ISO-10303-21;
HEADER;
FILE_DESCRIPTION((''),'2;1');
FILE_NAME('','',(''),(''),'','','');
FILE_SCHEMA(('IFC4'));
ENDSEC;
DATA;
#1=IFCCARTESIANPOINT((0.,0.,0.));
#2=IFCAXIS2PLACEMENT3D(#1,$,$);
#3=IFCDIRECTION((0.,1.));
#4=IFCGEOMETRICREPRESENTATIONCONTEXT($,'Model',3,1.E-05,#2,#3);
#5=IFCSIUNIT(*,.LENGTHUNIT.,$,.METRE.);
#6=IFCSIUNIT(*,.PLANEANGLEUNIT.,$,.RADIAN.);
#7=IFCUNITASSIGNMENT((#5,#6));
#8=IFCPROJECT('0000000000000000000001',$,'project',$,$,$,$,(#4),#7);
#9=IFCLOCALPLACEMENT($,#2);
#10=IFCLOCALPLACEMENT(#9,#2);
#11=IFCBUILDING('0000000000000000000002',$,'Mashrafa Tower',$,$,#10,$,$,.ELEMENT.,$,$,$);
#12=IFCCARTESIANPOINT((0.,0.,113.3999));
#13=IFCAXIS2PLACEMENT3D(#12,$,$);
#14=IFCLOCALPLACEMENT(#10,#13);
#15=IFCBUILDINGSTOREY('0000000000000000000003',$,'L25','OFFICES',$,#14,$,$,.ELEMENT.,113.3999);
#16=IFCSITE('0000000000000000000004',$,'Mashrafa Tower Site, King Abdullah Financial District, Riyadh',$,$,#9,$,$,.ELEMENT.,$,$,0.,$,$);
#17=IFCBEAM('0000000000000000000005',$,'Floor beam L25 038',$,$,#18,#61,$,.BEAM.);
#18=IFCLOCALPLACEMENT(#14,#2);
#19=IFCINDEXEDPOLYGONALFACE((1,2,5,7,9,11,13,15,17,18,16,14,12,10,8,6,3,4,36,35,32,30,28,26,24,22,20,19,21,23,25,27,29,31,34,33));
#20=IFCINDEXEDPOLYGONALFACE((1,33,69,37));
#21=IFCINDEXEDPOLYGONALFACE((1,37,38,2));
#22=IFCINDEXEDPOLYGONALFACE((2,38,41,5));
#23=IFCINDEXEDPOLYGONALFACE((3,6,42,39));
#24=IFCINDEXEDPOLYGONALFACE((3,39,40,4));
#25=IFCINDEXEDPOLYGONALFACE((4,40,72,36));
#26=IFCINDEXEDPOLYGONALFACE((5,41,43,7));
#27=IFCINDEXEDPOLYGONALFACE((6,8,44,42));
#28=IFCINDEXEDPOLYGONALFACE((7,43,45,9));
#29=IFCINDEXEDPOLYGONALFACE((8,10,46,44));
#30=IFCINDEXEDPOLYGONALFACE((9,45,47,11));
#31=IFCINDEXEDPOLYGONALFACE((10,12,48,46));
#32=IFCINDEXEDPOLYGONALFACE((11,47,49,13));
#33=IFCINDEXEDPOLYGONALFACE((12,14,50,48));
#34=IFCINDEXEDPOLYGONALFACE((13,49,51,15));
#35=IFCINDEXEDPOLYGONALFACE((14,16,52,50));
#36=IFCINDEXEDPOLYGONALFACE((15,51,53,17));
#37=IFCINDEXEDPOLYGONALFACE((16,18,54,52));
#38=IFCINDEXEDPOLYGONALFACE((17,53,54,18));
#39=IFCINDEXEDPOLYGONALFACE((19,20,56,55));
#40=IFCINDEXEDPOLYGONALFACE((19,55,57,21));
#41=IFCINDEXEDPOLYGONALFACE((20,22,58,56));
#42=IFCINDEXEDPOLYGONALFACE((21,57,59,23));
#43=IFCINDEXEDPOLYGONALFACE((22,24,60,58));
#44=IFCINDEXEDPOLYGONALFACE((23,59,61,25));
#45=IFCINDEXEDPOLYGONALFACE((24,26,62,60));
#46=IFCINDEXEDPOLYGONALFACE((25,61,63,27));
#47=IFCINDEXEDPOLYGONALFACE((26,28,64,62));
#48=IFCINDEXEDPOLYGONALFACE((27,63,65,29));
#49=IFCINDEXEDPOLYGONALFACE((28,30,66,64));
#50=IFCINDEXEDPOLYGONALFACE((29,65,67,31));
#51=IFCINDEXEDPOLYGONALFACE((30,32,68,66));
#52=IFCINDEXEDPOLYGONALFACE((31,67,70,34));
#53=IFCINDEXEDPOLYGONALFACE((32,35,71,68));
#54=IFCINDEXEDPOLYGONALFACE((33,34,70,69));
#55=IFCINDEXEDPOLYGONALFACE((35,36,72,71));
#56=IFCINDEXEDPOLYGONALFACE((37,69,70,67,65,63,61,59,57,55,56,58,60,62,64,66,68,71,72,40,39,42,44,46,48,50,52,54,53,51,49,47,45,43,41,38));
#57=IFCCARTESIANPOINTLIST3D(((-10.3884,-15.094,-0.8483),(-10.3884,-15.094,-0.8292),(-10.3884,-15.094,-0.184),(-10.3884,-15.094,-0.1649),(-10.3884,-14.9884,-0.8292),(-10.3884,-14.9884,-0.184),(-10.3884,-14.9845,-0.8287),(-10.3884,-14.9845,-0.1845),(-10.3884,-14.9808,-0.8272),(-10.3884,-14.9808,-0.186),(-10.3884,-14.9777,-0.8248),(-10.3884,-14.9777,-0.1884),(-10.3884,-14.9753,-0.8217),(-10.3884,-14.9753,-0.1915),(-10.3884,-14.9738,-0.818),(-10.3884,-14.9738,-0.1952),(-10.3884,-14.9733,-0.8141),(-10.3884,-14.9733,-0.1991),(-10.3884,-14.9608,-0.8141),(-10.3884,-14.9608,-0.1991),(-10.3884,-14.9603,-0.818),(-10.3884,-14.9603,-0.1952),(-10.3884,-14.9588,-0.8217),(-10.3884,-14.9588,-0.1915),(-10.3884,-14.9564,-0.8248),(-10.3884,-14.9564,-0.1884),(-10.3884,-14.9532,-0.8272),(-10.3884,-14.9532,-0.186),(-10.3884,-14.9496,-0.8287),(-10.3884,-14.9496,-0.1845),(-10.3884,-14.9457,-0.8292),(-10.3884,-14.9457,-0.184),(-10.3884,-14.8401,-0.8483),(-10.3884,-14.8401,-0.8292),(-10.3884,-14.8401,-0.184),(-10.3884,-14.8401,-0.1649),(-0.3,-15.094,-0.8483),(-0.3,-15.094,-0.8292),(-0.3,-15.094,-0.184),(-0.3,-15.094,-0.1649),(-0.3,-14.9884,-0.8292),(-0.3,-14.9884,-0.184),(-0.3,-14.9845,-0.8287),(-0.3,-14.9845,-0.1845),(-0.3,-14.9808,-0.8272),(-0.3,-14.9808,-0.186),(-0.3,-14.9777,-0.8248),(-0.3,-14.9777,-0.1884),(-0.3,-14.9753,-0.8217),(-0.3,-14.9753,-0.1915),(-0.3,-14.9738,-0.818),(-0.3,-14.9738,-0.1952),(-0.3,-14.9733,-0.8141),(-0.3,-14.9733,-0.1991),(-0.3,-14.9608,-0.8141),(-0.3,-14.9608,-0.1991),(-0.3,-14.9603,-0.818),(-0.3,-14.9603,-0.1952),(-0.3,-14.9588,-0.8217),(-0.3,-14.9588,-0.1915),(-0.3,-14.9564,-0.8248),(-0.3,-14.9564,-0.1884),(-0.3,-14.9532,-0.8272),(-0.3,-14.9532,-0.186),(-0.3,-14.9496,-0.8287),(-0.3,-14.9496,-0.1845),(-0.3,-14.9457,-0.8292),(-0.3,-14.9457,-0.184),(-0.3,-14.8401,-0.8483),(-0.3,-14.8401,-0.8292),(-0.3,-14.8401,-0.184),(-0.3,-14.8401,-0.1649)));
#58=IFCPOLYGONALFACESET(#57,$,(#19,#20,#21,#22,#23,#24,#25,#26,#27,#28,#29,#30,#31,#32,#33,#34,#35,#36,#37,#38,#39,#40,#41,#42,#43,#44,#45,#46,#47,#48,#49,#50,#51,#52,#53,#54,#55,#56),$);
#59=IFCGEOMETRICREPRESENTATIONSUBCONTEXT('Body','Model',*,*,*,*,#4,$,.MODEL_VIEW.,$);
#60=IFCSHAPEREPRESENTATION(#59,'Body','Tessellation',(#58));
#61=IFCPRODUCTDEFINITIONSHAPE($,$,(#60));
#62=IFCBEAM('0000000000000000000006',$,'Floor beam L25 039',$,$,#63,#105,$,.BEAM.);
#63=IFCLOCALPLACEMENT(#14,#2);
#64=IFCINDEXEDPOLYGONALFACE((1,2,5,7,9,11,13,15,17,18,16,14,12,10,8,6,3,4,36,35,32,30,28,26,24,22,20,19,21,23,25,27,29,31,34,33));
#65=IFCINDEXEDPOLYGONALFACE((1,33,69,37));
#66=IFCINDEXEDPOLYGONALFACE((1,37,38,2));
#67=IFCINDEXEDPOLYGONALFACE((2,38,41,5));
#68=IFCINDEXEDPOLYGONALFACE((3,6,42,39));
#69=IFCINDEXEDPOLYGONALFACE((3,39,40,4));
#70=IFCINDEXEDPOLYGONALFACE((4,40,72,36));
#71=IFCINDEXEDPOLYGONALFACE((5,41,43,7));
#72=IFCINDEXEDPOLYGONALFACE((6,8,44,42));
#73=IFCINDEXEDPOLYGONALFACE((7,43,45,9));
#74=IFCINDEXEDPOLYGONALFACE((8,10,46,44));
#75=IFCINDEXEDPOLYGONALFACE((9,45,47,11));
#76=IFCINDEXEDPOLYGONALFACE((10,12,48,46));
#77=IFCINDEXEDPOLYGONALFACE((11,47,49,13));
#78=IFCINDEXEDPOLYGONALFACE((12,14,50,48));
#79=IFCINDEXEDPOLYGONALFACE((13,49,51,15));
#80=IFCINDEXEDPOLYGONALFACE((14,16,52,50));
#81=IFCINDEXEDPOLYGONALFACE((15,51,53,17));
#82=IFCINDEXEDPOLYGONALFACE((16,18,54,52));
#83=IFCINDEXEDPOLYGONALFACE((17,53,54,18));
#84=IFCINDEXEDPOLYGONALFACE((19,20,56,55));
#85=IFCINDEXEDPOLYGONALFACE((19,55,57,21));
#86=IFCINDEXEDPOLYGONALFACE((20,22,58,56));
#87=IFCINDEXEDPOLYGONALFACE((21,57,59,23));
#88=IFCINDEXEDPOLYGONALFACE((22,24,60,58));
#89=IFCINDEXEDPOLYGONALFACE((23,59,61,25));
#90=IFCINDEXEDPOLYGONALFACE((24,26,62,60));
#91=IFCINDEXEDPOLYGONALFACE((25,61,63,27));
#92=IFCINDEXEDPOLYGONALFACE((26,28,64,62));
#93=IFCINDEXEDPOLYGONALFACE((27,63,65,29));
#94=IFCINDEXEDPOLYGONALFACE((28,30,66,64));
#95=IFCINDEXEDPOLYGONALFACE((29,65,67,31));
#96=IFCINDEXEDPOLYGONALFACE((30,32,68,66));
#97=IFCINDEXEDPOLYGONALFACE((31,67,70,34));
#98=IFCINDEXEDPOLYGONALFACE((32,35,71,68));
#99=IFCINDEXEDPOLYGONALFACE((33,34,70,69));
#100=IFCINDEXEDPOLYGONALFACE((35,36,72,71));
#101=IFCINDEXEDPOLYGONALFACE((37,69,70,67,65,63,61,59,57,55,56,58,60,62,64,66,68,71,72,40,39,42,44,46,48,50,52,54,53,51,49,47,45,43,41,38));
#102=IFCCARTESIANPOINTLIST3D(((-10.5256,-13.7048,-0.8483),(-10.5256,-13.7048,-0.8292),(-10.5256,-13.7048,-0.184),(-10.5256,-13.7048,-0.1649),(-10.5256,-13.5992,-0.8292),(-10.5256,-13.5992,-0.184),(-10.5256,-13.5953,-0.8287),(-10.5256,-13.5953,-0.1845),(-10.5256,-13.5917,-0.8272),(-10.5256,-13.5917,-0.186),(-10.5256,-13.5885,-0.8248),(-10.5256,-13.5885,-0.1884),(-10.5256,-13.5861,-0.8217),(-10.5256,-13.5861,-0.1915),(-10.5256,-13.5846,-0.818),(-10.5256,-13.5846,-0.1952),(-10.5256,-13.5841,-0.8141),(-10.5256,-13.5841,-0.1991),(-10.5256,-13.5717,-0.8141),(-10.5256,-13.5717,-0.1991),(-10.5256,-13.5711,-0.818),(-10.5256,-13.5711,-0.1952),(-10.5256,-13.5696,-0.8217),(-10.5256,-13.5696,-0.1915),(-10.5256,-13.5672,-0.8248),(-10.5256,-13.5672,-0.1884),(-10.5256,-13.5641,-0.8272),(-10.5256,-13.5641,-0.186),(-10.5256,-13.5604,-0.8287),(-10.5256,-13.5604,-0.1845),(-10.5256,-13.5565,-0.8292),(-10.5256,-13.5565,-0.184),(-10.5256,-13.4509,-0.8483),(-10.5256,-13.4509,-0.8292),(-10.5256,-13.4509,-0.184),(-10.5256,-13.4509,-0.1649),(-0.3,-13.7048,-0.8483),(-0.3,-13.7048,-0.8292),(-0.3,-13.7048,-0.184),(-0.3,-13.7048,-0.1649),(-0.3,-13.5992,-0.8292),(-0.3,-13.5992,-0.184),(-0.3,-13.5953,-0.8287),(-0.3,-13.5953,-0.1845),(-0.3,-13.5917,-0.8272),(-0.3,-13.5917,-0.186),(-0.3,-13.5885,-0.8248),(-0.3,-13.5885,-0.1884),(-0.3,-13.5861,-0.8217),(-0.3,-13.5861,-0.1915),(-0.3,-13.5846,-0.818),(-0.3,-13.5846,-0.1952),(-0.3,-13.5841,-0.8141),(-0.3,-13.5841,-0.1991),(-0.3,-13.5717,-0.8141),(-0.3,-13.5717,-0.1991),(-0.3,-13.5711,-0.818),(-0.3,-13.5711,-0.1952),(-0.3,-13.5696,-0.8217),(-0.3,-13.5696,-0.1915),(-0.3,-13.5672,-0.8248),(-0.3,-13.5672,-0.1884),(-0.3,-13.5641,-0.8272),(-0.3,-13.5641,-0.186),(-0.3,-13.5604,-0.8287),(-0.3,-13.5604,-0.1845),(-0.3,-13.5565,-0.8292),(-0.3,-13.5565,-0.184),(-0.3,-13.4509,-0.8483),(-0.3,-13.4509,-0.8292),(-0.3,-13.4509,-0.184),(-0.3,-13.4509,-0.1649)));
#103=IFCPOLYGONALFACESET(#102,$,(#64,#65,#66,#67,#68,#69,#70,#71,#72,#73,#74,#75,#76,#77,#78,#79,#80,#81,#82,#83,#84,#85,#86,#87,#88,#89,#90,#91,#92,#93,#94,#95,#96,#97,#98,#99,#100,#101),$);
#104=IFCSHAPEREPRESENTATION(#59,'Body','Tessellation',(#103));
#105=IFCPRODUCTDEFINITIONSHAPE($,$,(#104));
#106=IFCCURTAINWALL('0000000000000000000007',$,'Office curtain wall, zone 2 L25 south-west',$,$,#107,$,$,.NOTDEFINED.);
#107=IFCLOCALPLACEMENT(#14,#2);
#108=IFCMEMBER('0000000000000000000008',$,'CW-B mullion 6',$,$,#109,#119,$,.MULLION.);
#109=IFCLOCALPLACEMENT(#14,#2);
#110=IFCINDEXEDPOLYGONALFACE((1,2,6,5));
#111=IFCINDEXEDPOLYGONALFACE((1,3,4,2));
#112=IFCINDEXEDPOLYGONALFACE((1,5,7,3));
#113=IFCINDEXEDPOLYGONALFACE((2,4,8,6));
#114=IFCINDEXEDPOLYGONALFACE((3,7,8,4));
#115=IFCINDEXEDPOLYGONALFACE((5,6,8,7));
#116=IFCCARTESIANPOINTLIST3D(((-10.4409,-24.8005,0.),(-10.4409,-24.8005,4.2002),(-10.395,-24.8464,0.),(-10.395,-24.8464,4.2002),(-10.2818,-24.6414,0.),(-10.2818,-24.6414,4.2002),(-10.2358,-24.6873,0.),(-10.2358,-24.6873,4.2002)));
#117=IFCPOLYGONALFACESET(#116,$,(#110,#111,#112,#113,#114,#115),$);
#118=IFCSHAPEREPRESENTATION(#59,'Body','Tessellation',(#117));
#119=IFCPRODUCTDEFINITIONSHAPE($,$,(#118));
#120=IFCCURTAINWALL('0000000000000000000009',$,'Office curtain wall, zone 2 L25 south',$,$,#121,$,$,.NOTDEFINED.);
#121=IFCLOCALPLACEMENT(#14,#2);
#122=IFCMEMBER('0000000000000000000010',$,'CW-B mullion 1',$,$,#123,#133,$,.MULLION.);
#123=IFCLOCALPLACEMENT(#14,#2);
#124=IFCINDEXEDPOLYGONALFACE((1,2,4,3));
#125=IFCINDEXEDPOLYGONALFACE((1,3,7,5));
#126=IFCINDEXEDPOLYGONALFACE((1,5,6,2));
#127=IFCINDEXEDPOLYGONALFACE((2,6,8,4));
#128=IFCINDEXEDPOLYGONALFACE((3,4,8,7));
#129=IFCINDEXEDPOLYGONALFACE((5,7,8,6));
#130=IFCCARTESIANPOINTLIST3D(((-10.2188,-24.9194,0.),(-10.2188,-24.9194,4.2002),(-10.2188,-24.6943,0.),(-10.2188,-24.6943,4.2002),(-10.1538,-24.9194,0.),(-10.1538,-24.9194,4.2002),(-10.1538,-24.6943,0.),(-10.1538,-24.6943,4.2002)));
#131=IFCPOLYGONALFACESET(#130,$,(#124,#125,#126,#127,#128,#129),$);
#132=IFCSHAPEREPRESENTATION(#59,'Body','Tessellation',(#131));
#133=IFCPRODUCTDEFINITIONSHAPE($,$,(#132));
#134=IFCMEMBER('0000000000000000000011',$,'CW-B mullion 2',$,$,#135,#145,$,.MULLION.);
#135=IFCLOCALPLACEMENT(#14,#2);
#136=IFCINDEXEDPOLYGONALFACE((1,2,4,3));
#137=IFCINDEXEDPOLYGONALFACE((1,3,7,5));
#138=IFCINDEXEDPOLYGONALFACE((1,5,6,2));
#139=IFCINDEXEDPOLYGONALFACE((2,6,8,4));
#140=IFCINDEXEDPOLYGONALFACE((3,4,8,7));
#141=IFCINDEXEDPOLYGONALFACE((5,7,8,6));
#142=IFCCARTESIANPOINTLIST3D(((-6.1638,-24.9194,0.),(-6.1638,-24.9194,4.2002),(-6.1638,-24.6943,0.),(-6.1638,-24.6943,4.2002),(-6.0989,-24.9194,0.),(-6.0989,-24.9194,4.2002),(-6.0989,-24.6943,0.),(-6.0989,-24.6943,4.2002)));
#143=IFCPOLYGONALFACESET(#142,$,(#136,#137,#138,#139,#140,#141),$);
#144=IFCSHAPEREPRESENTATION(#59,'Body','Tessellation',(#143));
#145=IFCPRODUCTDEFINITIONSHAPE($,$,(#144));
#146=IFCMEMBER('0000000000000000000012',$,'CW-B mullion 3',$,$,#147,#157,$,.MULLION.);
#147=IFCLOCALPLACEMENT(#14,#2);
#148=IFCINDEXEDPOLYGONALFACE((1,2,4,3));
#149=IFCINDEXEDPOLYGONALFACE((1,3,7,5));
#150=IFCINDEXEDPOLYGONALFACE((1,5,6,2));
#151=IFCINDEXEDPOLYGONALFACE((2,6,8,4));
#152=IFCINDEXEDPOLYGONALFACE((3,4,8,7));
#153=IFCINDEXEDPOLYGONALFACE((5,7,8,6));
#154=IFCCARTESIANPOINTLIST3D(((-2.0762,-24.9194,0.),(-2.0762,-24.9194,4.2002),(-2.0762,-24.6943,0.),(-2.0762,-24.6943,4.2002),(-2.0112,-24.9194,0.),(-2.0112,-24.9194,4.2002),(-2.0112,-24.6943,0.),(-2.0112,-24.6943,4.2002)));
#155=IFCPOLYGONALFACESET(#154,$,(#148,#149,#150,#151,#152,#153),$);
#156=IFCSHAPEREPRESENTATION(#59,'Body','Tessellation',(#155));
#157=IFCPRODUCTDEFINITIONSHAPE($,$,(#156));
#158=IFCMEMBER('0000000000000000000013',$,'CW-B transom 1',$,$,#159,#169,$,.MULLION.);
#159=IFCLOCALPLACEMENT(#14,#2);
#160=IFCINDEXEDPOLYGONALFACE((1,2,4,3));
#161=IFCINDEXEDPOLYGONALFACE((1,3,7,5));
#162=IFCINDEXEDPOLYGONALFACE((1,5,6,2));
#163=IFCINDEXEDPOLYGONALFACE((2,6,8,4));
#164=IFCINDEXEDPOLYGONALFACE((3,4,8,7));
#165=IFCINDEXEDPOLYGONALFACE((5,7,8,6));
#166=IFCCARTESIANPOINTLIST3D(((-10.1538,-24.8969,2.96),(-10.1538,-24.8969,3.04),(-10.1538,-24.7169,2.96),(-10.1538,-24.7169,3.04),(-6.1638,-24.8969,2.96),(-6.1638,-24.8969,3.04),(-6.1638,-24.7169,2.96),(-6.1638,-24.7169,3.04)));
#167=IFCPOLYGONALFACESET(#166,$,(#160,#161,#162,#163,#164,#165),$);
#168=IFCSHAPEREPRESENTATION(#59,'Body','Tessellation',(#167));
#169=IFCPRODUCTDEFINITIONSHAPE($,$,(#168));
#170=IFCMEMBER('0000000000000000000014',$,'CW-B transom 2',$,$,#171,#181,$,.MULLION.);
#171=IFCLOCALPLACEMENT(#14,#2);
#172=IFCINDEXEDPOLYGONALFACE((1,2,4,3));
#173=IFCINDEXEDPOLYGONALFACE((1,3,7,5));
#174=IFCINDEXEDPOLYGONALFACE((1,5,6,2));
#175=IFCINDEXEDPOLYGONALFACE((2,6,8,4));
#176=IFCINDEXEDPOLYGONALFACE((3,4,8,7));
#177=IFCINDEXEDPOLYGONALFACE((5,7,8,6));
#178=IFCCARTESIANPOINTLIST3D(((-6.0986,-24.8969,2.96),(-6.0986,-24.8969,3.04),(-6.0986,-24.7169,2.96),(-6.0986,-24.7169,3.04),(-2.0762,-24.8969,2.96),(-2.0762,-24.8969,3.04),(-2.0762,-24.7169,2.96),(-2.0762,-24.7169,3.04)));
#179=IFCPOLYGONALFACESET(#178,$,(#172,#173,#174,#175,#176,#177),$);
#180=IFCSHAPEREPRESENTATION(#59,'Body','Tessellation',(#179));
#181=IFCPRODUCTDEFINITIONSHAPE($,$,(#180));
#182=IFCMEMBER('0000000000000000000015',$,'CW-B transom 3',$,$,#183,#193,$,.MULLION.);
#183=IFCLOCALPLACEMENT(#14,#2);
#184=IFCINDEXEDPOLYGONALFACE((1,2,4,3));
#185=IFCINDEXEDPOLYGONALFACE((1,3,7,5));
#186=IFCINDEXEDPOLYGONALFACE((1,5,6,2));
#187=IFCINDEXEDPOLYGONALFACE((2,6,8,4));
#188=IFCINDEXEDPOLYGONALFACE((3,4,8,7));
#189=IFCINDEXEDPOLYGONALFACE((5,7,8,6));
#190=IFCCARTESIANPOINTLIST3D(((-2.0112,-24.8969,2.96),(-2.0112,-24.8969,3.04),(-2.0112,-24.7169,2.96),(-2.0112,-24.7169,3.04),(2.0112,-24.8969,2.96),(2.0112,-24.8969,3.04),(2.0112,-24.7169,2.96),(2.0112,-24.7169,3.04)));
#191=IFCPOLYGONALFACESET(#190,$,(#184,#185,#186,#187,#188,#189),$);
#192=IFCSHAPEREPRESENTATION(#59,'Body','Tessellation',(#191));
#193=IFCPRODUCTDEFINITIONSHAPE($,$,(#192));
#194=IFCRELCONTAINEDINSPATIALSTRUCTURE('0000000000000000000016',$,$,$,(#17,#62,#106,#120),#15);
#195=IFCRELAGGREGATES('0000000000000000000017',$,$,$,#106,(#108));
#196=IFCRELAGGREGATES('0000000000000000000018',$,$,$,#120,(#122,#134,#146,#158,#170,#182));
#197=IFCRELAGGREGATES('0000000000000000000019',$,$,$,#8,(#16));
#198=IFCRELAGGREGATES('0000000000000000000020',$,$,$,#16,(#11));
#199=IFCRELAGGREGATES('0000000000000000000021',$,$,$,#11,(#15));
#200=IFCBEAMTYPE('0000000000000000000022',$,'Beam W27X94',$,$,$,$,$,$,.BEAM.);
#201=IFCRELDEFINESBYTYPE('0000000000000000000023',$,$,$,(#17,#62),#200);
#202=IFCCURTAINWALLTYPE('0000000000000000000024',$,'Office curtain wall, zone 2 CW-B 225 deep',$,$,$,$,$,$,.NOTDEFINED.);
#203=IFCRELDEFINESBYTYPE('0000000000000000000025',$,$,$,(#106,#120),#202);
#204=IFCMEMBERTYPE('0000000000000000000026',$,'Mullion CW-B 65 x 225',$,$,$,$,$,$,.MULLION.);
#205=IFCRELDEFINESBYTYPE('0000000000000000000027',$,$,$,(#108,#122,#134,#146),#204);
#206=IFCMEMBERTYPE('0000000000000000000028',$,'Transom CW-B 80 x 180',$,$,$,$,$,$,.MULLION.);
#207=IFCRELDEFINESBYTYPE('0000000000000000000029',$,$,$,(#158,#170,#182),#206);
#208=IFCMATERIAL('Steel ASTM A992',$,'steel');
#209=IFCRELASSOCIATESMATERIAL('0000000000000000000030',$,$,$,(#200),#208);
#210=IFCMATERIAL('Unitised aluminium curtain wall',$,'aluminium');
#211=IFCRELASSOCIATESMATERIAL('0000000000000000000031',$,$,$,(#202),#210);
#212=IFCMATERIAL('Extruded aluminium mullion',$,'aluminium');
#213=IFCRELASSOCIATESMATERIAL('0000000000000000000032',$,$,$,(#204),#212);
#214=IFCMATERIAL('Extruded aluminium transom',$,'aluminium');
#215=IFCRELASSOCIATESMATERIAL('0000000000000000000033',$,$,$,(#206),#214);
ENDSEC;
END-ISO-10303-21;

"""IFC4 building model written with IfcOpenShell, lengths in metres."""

from ifc_helpers import new_model, si_unit, direction, frame, origin, origin_2d, place, context, subcontext, project, spatial, rectangle, i_section, extrude, source, transform, mapped, material, material_profile, profile_set, type_object, type_shapes, element, aggregate, save


model = new_model("IFC4")

# Units and contexts
model_context = context("Model", 3, precision=1e-05, world=origin(), true_north=direction((0.0, 1.0)))
body_context = subcontext(model_context, "Body", "Model", "MODEL_VIEW")
ifc_project = project(units=[si_unit("LENGTHUNIT", "METRE"), si_unit("PLANEANGLEUNIT", "RADIAN")], contexts=[model_context])

# Site, building, storey
site_placement = place(None, origin())
site = spatial("IfcSite", under=ifc_project, at=site_placement, Name="Mashrafa Tower Site, King Abdullah Financial District, Riyadh", CompositionType="ELEMENT", RefElevation=0.0)
building_placement = place(site_placement, origin())
building = spatial("IfcBuilding", under=site, at=building_placement, Name="Mashrafa Tower", CompositionType="ELEMENT")
storey_placement = place(building_placement, frame((0.0, 0.0, 113.3999)))
storey = spatial("IfcBuildingStorey", under=building, at=storey_placement, Name="L25", Description="OFFICES", CompositionType="ELEMENT", Elevation=113.3999)

# Beams
ifc_material_1 = material(Name="Steel ASTM A992", Category="steel")
ifc_material_profile_1 = material_profile(ifc_material_1, i_section(OverallWidth=0.2539, OverallDepth=0.6833, WebThickness=0.0125, FlangeThickness=0.019, FilletRadius=0.0151, at=origin_2d()), Name="W27X94")
ifc_profile_set_1 = profile_set([ifc_material_profile_1], Name="Steel ASTM A992")
beam_type_1 = type_object("IfcBeamType", Name="Beam W27X94", PredefinedType="BEAM", material=ifc_profile_set_1)
beam_1_placement = place(storey_placement, frame((-0.3, -14.967, -0.5066), z_axis=(-1.0, 0.0, 0.0), x_axis=(0.0, -1.0, 0.0)))
element("IfcBeam", 1, at=beam_1_placement, inside=storey, type_object=beam_type_1, Name="Floor beam L25 038", PredefinedType="BEAM", context=body_context, shape_type="SweptSolid", body=[
    extrude(i_section(OverallWidth=0.2539, OverallDepth=0.6833, WebThickness=0.0125, FlangeThickness=0.019, FilletRadius=0.0151, at=origin_2d()), origin(), (0.0, 0.0, 1.0), 10.0884),
])
beam_2_placement = place(storey_placement, frame((-0.3, -13.5779, -0.5066), z_axis=(-1.0, 0.0, 0.0), x_axis=(0.0, -1.0, 0.0)))
element("IfcBeam", 2, at=beam_2_placement, inside=storey, type_object=beam_type_1, Name="Floor beam L25 039", PredefinedType="BEAM", context=body_context, shape_type="SweptSolid", body=[
    extrude(i_section(OverallWidth=0.2539, OverallDepth=0.6833, WebThickness=0.0125, FlangeThickness=0.019, FilletRadius=0.0151, at=origin_2d()), origin(), (0.0, 0.0, 1.0), 10.2256),
])

# Curtain wall, member
ifc_material_2 = material(Name="Unitised aluminium curtain wall", Category="aluminium")
curtain_wall_type = type_object("IfcCurtainWallType", Name="Office curtain wall, zone 2 CW-B 225 deep", PredefinedType="NOTDEFINED", material=ifc_material_2)
curtain_wall_1_placement = place(storey_placement, origin())
curtain_wall_1 = element("IfcCurtainWall", 3, at=curtain_wall_1_placement, inside=storey, type_object=curtain_wall_type, Name="Office curtain wall, zone 2 L25 south-west", PredefinedType="NOTDEFINED")
ifc_material_3 = material(Name="Extruded aluminium mullion", Category="aluminium")
ifc_material_profile_2 = material_profile(ifc_material_3, rectangle(XDim=0.2251, YDim=0.0649, at=origin_2d()), Name="Mullion 65x225")
ifc_profile_set_2 = profile_set([ifc_material_profile_2], Name="Extruded aluminium mullion")
member_type_1 = type_object("IfcMemberType", Name="Mullion CW-B 65 x 225", PredefinedType="MULLION", material=ifc_profile_set_2)
shared_shape_1 = source(origin(), body_context, "Body", "SweptSolid", [
    extrude(rectangle(XDim=0.2251, YDim=0.0649, at=origin_2d()), origin(), (0.0, 0.0, 1.0), 4.2002),
])
type_shapes(member_type_1, [shared_shape_1])
member_1_placement = place(storey_placement, frame((-10.3384, -24.7439, 0.0), z_axis=(0.0, 0.0, 1.0), x_axis=(0.707107, 0.707107, 0.0)))
member_1 = element("IfcMember", 4, at=member_1_placement, type_object=member_type_1, Name="CW-B mullion 6", PredefinedType="MULLION", context=body_context, shape_type="MappedRepresentation", body=[
    mapped(shared_shape_1, transform((0.0, 0.0, 0.0))),
])
aggregate(curtain_wall_1, [member_1])

# Curtain wall, members
curtain_wall_2_placement = place(storey_placement, origin())
curtain_wall_2 = element("IfcCurtainWall", 5, at=curtain_wall_2_placement, inside=storey, type_object=curtain_wall_type, Name="Office curtain wall, zone 2 L25 south", PredefinedType="NOTDEFINED")
member_2_placement = place(storey_placement, frame((-10.1863, -24.8069, 0.0), z_axis=(0.0, 0.0, 1.0), x_axis=(0.0, 1.0, 0.0)))
member_2 = element("IfcMember", 6, at=member_2_placement, type_object=member_type_1, Name="CW-B mullion 1", PredefinedType="MULLION", context=body_context, shape_type="MappedRepresentation", body=[
    mapped(shared_shape_1, transform((0.0, 0.0, 0.0))),
])
member_3_placement = place(storey_placement, frame((-6.1313, -24.8069, 0.0), z_axis=(0.0, 0.0, 1.0), x_axis=(0.0, 1.0, 0.0)))
member_3 = element("IfcMember", 7, at=member_3_placement, type_object=member_type_1, Name="CW-B mullion 2", PredefinedType="MULLION", context=body_context, shape_type="MappedRepresentation", body=[
    mapped(shared_shape_1, transform((0.0, 0.0, 0.0))),
])
member_4_placement = place(storey_placement, frame((-2.0437, -24.8069, 0.0), z_axis=(0.0, 0.0, 1.0), x_axis=(0.0, 1.0, 0.0)))
member_4 = element("IfcMember", 8, at=member_4_placement, type_object=member_type_1, Name="CW-B mullion 3", PredefinedType="MULLION", context=body_context, shape_type="MappedRepresentation", body=[
    mapped(shared_shape_1, transform((0.0, 0.0, 0.0))),
])
ifc_material_4 = material(Name="Extruded aluminium transom", Category="aluminium")
ifc_material_profile_3 = material_profile(ifc_material_4, rectangle(XDim=0.1799, YDim=0.0801, at=origin_2d()), Name="Transom 80x180")
ifc_profile_set_3 = profile_set([ifc_material_profile_3], Name="Extruded aluminium transom")
member_type_2 = type_object("IfcMemberType", Name="Transom CW-B 80 x 180", PredefinedType="MULLION", material=ifc_profile_set_3)
shared_shape_2 = source(origin(), body_context, "Body", "SweptSolid", [
    extrude(rectangle(XDim=0.1799, YDim=0.0801, at=origin_2d()), origin(), (0.0, 0.0, 1.0), 3.99),
])
member_5_placement = place(storey_placement, frame((-10.1538, -24.8069, 3.0), z_axis=(1.0, 0.0, 0.0), x_axis=(0.0, 1.0, 0.0)))
member_5 = element("IfcMember", 9, at=member_5_placement, type_object=member_type_2, Name="CW-B transom 1", PredefinedType="MULLION", context=body_context, shape_type="MappedRepresentation", body=[
    mapped(shared_shape_2, transform((0.0, 0.0, 0.0))),
])
shared_shape_3 = source(origin(), body_context, "Body", "SweptSolid", [
    extrude(rectangle(XDim=0.1799, YDim=0.0801, at=origin_2d()), origin(), (0.0, 0.0, 1.0), 4.0225),
])
type_shapes(member_type_2, [shared_shape_2, shared_shape_3])
member_6_placement = place(storey_placement, frame((-6.0986, -24.8069, 3.0), z_axis=(1.0, 0.0, 0.0), x_axis=(0.0, 1.0, 0.0)))
member_6 = element("IfcMember", 10, at=member_6_placement, type_object=member_type_2, Name="CW-B transom 2", PredefinedType="MULLION", context=body_context, shape_type="MappedRepresentation", body=[
    mapped(shared_shape_3, transform((0.0, 0.0, 0.0))),
])
member_7_placement = place(storey_placement, frame((-2.0112, -24.8069, 3.0), z_axis=(1.0, 0.0, 0.0), x_axis=(0.0, 1.0, 0.0)))
member_7 = element("IfcMember", 11, at=member_7_placement, type_object=member_type_2, Name="CW-B transom 3", PredefinedType="MULLION", context=body_context, shape_type="MappedRepresentation", body=[
    mapped(shared_shape_3, transform((0.0, 0.0, 0.0))),
])
aggregate(curtain_wall_2, [member_2, member_3, member_4, member_5, member_6, member_7])

save(model, "model.ifc")
